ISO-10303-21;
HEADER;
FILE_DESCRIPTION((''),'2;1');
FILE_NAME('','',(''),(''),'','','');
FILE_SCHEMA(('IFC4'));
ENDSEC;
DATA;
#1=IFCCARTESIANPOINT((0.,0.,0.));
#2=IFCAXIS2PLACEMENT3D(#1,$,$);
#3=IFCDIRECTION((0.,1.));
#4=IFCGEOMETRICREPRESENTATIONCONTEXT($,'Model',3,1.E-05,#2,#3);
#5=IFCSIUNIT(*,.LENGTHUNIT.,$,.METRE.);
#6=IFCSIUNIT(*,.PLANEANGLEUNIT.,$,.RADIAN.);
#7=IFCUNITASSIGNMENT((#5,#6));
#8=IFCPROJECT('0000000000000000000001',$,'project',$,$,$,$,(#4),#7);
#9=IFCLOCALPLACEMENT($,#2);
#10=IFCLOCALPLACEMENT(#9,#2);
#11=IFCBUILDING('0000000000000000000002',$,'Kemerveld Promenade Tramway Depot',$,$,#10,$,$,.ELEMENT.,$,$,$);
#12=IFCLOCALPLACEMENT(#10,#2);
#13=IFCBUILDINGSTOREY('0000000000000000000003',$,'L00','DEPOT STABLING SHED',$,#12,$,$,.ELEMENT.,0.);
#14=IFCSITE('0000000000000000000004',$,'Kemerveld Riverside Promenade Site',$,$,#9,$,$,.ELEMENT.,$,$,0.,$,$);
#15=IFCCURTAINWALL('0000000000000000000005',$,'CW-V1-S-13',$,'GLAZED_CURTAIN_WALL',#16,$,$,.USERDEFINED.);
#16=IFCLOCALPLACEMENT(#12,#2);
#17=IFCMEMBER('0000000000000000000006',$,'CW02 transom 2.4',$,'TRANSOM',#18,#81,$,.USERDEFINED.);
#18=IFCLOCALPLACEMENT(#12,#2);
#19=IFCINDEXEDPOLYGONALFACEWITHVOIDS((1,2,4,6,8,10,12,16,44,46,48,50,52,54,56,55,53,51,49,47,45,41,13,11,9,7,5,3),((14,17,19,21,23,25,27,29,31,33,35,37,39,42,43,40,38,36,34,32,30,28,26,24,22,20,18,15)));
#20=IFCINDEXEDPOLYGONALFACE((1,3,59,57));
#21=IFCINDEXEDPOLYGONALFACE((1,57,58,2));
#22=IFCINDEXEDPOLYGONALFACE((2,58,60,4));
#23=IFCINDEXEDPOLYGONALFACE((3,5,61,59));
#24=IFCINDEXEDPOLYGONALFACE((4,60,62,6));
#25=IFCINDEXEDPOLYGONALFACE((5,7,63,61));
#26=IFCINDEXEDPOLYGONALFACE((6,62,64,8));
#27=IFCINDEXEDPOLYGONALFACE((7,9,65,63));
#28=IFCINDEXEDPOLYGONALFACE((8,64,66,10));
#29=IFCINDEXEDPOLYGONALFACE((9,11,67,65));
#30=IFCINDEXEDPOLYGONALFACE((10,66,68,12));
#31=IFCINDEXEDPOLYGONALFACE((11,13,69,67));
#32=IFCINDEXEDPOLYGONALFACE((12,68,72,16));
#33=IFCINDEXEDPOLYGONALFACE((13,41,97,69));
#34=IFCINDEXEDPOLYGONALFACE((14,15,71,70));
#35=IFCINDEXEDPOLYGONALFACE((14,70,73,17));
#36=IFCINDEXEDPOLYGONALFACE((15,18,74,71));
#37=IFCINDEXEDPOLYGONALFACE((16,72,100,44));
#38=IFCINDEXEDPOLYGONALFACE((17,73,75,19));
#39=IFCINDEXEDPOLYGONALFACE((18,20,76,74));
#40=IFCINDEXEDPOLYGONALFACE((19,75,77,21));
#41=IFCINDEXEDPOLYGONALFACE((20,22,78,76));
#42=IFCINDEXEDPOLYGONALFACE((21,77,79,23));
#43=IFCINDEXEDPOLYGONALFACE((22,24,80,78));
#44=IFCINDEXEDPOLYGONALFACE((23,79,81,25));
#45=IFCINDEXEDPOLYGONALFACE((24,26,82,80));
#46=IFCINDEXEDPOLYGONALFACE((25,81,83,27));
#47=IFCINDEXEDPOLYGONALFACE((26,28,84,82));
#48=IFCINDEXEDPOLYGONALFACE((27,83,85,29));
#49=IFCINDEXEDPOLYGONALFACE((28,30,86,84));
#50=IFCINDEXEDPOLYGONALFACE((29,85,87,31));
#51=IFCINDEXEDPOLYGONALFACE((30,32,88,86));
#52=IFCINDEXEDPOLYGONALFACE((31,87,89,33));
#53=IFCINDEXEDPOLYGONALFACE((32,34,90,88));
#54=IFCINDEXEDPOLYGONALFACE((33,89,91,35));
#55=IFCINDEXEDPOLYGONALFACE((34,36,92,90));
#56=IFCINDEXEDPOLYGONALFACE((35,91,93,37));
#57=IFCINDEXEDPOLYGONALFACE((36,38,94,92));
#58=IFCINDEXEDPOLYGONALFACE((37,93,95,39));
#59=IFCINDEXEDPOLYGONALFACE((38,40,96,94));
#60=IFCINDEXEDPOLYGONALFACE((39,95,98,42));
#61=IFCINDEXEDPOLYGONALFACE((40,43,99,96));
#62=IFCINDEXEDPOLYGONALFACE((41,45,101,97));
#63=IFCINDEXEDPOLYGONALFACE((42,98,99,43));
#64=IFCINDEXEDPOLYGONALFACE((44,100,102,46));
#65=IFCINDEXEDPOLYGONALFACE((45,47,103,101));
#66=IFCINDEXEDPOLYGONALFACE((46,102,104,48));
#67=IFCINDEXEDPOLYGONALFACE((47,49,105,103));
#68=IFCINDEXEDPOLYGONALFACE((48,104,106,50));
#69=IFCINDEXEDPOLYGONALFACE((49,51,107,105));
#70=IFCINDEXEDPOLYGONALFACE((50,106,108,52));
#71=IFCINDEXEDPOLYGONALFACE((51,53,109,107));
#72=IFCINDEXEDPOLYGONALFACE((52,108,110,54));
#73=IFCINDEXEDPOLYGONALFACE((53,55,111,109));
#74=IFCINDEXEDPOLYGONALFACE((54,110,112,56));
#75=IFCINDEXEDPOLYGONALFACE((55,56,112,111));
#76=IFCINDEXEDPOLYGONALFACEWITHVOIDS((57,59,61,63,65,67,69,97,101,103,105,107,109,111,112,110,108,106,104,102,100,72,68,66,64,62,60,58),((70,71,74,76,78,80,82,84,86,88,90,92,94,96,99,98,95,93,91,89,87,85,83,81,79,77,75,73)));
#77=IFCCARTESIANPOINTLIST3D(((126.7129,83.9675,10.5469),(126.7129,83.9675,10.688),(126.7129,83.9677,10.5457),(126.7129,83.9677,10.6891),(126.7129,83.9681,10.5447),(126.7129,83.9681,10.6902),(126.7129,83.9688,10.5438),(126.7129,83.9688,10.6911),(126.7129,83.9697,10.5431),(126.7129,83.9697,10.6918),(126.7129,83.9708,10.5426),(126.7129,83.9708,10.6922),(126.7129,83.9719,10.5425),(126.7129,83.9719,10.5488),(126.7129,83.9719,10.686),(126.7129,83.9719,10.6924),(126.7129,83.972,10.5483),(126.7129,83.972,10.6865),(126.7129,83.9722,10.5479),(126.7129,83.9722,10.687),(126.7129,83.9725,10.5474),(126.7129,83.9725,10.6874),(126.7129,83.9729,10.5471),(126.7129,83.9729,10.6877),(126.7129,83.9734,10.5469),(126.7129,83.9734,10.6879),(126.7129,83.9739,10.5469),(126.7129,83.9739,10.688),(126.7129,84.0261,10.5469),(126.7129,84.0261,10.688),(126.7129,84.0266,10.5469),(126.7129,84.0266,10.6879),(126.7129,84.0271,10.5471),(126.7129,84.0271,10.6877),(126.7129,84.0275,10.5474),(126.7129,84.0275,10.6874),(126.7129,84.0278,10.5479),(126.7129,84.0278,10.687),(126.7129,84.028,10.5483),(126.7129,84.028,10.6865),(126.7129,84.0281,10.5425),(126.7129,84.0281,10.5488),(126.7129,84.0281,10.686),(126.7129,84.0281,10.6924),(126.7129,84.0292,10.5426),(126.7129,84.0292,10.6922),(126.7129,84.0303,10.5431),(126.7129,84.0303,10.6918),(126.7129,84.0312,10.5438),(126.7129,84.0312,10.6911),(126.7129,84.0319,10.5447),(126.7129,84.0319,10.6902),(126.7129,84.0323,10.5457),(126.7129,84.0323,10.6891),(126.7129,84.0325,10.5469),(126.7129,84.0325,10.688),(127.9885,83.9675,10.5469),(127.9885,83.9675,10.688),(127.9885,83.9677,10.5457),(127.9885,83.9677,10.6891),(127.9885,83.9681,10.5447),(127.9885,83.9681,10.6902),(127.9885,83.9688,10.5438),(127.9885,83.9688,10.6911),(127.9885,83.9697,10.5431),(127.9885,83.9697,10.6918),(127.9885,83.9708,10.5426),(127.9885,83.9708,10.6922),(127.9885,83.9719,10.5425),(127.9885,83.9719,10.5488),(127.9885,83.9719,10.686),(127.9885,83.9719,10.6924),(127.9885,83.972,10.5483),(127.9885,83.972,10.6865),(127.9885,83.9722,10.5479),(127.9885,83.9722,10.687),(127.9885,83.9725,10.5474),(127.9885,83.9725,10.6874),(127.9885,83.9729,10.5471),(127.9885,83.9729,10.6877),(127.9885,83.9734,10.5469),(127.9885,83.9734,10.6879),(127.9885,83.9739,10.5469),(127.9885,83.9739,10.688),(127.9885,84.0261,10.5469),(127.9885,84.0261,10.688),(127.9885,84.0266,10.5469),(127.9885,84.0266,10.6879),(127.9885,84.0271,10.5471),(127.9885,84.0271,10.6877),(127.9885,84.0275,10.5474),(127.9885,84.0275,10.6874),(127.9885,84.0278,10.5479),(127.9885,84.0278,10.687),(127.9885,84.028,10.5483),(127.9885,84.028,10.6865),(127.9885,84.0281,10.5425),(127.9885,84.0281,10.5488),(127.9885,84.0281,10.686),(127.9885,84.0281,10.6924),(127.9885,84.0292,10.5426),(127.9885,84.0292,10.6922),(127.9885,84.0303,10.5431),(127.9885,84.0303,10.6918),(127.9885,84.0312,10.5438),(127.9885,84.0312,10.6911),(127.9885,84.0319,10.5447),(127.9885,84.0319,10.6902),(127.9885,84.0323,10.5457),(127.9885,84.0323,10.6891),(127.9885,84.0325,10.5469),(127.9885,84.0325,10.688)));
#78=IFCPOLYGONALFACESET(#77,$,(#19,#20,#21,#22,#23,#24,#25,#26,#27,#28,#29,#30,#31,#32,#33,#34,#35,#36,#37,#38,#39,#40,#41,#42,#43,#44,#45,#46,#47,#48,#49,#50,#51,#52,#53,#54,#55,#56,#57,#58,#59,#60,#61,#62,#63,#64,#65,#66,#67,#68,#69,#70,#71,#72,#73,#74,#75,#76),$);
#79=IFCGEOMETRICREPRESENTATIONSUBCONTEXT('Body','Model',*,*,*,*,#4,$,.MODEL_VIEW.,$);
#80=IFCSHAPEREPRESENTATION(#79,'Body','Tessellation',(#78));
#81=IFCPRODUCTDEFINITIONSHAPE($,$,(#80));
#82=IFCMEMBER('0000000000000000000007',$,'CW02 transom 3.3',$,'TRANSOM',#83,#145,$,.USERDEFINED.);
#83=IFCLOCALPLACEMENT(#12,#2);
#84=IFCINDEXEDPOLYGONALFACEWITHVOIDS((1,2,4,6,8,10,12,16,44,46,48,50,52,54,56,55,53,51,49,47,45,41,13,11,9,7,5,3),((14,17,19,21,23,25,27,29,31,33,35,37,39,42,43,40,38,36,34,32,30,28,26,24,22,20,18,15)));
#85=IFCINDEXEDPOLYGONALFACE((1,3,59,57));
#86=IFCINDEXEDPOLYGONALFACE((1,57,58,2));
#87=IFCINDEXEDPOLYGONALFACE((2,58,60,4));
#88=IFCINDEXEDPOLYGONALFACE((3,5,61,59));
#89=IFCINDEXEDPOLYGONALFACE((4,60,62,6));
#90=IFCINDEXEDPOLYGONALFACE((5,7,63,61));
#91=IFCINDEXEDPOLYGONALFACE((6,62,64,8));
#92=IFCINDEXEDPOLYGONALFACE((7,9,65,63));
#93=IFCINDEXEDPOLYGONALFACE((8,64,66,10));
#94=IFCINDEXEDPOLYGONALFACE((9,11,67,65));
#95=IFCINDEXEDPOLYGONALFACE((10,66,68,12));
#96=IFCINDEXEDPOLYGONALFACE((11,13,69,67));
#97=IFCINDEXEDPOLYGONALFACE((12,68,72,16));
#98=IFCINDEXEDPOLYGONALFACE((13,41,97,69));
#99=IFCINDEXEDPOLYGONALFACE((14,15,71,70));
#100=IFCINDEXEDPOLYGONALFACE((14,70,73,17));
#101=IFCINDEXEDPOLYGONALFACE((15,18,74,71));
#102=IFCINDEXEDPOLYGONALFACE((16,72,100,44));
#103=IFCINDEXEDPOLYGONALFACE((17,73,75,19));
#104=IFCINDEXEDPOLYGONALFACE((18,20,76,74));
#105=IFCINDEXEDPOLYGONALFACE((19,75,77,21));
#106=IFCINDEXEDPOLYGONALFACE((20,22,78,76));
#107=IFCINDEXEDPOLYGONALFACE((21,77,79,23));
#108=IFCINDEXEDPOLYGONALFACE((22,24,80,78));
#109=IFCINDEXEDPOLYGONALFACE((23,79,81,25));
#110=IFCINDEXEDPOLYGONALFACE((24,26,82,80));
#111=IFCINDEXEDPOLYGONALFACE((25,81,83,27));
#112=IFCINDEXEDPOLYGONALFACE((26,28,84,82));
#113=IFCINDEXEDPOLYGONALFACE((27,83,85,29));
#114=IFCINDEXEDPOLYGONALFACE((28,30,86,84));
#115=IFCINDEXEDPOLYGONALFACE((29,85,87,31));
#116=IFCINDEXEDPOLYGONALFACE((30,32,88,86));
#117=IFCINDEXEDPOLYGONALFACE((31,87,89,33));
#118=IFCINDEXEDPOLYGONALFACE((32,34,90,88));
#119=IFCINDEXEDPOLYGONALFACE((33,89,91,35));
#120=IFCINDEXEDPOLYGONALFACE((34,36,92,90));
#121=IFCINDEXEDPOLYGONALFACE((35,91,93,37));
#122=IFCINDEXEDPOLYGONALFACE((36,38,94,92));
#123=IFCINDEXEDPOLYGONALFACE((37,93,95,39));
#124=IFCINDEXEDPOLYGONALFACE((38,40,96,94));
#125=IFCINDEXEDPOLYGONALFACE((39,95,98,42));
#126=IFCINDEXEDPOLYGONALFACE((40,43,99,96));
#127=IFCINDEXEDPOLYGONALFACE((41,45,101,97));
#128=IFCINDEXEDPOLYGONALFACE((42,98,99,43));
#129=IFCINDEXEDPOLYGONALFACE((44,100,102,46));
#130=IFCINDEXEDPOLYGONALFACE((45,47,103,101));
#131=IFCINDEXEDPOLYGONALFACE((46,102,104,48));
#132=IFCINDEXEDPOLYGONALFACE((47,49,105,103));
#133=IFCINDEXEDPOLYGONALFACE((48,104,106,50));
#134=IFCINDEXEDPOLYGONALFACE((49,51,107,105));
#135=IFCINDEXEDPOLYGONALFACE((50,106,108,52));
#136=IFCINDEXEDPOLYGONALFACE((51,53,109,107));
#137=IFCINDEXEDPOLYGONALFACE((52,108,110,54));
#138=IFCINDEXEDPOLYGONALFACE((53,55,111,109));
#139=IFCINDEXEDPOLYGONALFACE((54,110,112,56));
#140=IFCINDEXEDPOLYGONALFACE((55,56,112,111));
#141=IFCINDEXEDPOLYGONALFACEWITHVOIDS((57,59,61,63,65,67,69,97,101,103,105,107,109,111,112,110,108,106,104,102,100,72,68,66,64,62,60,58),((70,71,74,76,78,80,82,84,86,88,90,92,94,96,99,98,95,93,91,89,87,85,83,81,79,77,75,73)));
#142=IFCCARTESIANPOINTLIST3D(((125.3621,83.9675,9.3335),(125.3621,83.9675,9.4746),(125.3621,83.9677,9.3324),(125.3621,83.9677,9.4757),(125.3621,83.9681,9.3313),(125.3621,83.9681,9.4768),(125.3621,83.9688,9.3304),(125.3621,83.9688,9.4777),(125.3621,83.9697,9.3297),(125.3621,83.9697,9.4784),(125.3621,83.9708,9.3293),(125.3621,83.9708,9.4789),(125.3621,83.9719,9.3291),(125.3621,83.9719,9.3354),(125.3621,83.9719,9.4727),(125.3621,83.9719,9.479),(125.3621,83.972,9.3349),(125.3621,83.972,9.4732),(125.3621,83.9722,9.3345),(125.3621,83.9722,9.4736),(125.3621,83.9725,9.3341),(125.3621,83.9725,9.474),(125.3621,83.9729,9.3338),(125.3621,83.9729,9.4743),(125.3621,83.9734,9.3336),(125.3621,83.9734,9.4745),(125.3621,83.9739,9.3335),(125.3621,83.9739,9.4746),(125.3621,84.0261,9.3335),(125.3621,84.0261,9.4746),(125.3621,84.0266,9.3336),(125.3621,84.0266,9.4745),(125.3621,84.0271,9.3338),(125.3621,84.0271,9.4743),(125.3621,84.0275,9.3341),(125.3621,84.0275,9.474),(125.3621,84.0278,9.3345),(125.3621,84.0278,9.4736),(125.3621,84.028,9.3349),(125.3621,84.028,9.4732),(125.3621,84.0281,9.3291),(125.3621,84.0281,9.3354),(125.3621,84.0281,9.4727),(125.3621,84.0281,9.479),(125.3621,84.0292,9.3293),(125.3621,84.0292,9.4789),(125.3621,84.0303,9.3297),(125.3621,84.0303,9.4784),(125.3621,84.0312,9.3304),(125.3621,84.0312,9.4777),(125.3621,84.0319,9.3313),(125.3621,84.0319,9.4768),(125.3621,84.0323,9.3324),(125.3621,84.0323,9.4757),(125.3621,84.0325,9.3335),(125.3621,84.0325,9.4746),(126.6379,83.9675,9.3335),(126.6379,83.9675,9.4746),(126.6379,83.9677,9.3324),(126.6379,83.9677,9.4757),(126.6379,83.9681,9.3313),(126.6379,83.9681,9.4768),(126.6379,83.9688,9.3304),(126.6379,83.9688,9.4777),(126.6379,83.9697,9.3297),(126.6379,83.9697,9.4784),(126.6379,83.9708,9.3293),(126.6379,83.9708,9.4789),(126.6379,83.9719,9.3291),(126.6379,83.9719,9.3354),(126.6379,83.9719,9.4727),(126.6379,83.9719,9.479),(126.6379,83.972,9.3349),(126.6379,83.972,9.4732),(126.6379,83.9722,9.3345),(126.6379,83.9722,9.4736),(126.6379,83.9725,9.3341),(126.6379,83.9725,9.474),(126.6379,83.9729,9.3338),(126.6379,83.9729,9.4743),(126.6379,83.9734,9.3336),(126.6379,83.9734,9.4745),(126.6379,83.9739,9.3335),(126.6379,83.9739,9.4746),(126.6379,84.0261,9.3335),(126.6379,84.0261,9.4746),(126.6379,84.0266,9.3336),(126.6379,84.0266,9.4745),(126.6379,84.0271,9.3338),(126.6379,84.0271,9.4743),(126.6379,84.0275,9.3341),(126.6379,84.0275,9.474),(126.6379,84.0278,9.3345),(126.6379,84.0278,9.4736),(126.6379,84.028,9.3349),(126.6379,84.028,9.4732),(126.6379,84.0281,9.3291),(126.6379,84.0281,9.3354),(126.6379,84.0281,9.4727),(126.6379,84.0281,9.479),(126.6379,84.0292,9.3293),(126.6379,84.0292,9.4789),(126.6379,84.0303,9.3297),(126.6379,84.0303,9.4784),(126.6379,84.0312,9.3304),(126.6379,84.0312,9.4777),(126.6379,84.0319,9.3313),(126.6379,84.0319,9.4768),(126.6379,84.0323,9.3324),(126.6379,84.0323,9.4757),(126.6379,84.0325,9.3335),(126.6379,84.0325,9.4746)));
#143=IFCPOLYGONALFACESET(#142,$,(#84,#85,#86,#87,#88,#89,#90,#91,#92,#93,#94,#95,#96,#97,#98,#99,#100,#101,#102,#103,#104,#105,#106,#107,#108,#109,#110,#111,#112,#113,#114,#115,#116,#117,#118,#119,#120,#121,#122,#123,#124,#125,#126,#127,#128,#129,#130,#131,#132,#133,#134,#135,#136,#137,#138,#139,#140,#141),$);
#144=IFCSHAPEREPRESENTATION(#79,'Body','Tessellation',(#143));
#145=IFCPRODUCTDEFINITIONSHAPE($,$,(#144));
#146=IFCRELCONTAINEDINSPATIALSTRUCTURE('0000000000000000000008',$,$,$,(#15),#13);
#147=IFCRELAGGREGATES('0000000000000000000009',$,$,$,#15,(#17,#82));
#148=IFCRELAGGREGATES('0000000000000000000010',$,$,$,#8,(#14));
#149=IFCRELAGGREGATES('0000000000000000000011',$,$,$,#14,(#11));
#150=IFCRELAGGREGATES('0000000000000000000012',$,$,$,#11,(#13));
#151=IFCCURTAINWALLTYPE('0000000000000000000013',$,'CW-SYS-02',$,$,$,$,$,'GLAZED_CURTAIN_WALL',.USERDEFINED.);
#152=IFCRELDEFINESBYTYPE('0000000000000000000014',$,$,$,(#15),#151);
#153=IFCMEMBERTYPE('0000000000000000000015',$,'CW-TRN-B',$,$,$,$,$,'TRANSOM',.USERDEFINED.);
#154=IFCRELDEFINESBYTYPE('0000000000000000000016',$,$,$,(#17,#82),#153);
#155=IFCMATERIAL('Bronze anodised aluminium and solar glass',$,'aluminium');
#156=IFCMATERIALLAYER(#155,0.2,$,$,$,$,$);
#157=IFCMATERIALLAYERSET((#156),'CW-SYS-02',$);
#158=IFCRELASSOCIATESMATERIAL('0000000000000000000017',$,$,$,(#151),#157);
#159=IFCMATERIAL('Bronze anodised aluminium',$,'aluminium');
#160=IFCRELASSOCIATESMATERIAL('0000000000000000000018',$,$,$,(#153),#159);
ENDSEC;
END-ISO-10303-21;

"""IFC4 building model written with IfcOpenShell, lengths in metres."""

from ifc_helpers import new_model, si_unit, direction, frame, origin, origin_2d, place, context, subcontext, project, spatial, hollow_rectangle, extrude, material, layer, layer_set, material_profile, profile_set, type_object, element, aggregate, save


model = new_model("IFC4")

# Units and contexts
model_context = context("Model", 3, precision=1e-05, world=origin(), true_north=direction((0.0, 1.0)))
body_context = subcontext(model_context, "Body", "Model", "MODEL_VIEW")
ifc_project = project(units=[si_unit("LENGTHUNIT", "METRE"), si_unit("PLANEANGLEUNIT", "RADIAN")], contexts=[model_context])

# Site, building, storey
site_placement = place(None, origin())
site = spatial("IfcSite", under=ifc_project, at=site_placement, Name="Kemerveld Riverside Promenade Site", CompositionType="ELEMENT", RefElevation=0.0)
building_placement = place(site_placement, origin())
building = spatial("IfcBuilding", under=site, at=building_placement, Name="Kemerveld Promenade Tramway Depot", CompositionType="ELEMENT")
storey_placement = place(building_placement, origin())
storey = spatial("IfcBuildingStorey", under=building, at=storey_placement, Name="L00", Description="DEPOT STABLING SHED", CompositionType="ELEMENT", Elevation=0.0)

# Curtain wall, members
ifc_material_1 = material(Name="Bronze anodised aluminium and solar glass", Category="aluminium")
ifc_material_2 = material(Name="Bronze anodised aluminium", Category="aluminium")
ifc_layer_1 = layer(ifc_material_1, 0.2)
ifc_layer_set_1 = layer_set([ifc_layer_1], Name="CW-SYS-02")
curtain_wall_type_1 = type_object("IfcCurtainWallType", Name="CW-SYS-02", ElementType="GLAZED_CURTAIN_WALL", PredefinedType="USERDEFINED", material=ifc_layer_set_1)
curtain_wall_1_placement = place(storey_placement, origin())
curtain_wall_1 = element("IfcCurtainWall", 1, at=curtain_wall_1_placement, inside=storey, type_object=curtain_wall_type_1, Name="CW-V1-S-13", ObjectType="GLAZED_CURTAIN_WALL", PredefinedType="USERDEFINED")
ifc_material_profile_1 = material_profile(ifc_material_2, hollow_rectangle(XDim=0.0649, YDim=0.1499, WallThickness=0.0044, InnerFilletRadius=0.002, OuterFilletRadius=0.0044, at=origin_2d()), Name="CW-TRN-150x65")
ifc_profile_set_1 = profile_set([ifc_material_profile_1], Name="Bronze anodised aluminium")
member_type_1 = type_object("IfcMemberType", Name="CW-TRN-B", ElementType="TRANSOM", PredefinedType="USERDEFINED", material=ifc_profile_set_1)
member_1_placement = place(storey_placement, frame((127.9885, 84.0, 10.6174), z_axis=(-1.0, 0.0, 0.0), x_axis=(0.0, -1.0, 0.0)))
member_1 = element("IfcMember", 2, at=member_1_placement, type_object=member_type_1, Name="CW02 transom 2.4", ObjectType="TRANSOM", PredefinedType="USERDEFINED", context=body_context, shape_type="SweptSolid", body=[
    extrude(hollow_rectangle(XDim=0.0649, YDim=0.1499, WallThickness=0.0044, InnerFilletRadius=0.002, OuterFilletRadius=0.0044, at=origin_2d()), origin(), (0.0, 0.0, 1.0), 1.2756),
])
member_2_placement = place(storey_placement, frame((126.6379, 84.0, 9.4041), z_axis=(-1.0, 0.0, 0.0), x_axis=(0.0, -1.0, 0.0)))
member_2 = element("IfcMember", 3, at=member_2_placement, type_object=member_type_1, Name="CW02 transom 3.3", ObjectType="TRANSOM", PredefinedType="USERDEFINED", context=body_context, shape_type="SweptSolid", body=[
    extrude(hollow_rectangle(XDim=0.0649, YDim=0.1499, WallThickness=0.0044, InnerFilletRadius=0.002, OuterFilletRadius=0.0044, at=origin_2d()), origin(), (0.0, 0.0, 1.0), 1.2759),
])

aggregate(curtain_wall_1, [member_1, member_2])

save(model, "model.ifc")
